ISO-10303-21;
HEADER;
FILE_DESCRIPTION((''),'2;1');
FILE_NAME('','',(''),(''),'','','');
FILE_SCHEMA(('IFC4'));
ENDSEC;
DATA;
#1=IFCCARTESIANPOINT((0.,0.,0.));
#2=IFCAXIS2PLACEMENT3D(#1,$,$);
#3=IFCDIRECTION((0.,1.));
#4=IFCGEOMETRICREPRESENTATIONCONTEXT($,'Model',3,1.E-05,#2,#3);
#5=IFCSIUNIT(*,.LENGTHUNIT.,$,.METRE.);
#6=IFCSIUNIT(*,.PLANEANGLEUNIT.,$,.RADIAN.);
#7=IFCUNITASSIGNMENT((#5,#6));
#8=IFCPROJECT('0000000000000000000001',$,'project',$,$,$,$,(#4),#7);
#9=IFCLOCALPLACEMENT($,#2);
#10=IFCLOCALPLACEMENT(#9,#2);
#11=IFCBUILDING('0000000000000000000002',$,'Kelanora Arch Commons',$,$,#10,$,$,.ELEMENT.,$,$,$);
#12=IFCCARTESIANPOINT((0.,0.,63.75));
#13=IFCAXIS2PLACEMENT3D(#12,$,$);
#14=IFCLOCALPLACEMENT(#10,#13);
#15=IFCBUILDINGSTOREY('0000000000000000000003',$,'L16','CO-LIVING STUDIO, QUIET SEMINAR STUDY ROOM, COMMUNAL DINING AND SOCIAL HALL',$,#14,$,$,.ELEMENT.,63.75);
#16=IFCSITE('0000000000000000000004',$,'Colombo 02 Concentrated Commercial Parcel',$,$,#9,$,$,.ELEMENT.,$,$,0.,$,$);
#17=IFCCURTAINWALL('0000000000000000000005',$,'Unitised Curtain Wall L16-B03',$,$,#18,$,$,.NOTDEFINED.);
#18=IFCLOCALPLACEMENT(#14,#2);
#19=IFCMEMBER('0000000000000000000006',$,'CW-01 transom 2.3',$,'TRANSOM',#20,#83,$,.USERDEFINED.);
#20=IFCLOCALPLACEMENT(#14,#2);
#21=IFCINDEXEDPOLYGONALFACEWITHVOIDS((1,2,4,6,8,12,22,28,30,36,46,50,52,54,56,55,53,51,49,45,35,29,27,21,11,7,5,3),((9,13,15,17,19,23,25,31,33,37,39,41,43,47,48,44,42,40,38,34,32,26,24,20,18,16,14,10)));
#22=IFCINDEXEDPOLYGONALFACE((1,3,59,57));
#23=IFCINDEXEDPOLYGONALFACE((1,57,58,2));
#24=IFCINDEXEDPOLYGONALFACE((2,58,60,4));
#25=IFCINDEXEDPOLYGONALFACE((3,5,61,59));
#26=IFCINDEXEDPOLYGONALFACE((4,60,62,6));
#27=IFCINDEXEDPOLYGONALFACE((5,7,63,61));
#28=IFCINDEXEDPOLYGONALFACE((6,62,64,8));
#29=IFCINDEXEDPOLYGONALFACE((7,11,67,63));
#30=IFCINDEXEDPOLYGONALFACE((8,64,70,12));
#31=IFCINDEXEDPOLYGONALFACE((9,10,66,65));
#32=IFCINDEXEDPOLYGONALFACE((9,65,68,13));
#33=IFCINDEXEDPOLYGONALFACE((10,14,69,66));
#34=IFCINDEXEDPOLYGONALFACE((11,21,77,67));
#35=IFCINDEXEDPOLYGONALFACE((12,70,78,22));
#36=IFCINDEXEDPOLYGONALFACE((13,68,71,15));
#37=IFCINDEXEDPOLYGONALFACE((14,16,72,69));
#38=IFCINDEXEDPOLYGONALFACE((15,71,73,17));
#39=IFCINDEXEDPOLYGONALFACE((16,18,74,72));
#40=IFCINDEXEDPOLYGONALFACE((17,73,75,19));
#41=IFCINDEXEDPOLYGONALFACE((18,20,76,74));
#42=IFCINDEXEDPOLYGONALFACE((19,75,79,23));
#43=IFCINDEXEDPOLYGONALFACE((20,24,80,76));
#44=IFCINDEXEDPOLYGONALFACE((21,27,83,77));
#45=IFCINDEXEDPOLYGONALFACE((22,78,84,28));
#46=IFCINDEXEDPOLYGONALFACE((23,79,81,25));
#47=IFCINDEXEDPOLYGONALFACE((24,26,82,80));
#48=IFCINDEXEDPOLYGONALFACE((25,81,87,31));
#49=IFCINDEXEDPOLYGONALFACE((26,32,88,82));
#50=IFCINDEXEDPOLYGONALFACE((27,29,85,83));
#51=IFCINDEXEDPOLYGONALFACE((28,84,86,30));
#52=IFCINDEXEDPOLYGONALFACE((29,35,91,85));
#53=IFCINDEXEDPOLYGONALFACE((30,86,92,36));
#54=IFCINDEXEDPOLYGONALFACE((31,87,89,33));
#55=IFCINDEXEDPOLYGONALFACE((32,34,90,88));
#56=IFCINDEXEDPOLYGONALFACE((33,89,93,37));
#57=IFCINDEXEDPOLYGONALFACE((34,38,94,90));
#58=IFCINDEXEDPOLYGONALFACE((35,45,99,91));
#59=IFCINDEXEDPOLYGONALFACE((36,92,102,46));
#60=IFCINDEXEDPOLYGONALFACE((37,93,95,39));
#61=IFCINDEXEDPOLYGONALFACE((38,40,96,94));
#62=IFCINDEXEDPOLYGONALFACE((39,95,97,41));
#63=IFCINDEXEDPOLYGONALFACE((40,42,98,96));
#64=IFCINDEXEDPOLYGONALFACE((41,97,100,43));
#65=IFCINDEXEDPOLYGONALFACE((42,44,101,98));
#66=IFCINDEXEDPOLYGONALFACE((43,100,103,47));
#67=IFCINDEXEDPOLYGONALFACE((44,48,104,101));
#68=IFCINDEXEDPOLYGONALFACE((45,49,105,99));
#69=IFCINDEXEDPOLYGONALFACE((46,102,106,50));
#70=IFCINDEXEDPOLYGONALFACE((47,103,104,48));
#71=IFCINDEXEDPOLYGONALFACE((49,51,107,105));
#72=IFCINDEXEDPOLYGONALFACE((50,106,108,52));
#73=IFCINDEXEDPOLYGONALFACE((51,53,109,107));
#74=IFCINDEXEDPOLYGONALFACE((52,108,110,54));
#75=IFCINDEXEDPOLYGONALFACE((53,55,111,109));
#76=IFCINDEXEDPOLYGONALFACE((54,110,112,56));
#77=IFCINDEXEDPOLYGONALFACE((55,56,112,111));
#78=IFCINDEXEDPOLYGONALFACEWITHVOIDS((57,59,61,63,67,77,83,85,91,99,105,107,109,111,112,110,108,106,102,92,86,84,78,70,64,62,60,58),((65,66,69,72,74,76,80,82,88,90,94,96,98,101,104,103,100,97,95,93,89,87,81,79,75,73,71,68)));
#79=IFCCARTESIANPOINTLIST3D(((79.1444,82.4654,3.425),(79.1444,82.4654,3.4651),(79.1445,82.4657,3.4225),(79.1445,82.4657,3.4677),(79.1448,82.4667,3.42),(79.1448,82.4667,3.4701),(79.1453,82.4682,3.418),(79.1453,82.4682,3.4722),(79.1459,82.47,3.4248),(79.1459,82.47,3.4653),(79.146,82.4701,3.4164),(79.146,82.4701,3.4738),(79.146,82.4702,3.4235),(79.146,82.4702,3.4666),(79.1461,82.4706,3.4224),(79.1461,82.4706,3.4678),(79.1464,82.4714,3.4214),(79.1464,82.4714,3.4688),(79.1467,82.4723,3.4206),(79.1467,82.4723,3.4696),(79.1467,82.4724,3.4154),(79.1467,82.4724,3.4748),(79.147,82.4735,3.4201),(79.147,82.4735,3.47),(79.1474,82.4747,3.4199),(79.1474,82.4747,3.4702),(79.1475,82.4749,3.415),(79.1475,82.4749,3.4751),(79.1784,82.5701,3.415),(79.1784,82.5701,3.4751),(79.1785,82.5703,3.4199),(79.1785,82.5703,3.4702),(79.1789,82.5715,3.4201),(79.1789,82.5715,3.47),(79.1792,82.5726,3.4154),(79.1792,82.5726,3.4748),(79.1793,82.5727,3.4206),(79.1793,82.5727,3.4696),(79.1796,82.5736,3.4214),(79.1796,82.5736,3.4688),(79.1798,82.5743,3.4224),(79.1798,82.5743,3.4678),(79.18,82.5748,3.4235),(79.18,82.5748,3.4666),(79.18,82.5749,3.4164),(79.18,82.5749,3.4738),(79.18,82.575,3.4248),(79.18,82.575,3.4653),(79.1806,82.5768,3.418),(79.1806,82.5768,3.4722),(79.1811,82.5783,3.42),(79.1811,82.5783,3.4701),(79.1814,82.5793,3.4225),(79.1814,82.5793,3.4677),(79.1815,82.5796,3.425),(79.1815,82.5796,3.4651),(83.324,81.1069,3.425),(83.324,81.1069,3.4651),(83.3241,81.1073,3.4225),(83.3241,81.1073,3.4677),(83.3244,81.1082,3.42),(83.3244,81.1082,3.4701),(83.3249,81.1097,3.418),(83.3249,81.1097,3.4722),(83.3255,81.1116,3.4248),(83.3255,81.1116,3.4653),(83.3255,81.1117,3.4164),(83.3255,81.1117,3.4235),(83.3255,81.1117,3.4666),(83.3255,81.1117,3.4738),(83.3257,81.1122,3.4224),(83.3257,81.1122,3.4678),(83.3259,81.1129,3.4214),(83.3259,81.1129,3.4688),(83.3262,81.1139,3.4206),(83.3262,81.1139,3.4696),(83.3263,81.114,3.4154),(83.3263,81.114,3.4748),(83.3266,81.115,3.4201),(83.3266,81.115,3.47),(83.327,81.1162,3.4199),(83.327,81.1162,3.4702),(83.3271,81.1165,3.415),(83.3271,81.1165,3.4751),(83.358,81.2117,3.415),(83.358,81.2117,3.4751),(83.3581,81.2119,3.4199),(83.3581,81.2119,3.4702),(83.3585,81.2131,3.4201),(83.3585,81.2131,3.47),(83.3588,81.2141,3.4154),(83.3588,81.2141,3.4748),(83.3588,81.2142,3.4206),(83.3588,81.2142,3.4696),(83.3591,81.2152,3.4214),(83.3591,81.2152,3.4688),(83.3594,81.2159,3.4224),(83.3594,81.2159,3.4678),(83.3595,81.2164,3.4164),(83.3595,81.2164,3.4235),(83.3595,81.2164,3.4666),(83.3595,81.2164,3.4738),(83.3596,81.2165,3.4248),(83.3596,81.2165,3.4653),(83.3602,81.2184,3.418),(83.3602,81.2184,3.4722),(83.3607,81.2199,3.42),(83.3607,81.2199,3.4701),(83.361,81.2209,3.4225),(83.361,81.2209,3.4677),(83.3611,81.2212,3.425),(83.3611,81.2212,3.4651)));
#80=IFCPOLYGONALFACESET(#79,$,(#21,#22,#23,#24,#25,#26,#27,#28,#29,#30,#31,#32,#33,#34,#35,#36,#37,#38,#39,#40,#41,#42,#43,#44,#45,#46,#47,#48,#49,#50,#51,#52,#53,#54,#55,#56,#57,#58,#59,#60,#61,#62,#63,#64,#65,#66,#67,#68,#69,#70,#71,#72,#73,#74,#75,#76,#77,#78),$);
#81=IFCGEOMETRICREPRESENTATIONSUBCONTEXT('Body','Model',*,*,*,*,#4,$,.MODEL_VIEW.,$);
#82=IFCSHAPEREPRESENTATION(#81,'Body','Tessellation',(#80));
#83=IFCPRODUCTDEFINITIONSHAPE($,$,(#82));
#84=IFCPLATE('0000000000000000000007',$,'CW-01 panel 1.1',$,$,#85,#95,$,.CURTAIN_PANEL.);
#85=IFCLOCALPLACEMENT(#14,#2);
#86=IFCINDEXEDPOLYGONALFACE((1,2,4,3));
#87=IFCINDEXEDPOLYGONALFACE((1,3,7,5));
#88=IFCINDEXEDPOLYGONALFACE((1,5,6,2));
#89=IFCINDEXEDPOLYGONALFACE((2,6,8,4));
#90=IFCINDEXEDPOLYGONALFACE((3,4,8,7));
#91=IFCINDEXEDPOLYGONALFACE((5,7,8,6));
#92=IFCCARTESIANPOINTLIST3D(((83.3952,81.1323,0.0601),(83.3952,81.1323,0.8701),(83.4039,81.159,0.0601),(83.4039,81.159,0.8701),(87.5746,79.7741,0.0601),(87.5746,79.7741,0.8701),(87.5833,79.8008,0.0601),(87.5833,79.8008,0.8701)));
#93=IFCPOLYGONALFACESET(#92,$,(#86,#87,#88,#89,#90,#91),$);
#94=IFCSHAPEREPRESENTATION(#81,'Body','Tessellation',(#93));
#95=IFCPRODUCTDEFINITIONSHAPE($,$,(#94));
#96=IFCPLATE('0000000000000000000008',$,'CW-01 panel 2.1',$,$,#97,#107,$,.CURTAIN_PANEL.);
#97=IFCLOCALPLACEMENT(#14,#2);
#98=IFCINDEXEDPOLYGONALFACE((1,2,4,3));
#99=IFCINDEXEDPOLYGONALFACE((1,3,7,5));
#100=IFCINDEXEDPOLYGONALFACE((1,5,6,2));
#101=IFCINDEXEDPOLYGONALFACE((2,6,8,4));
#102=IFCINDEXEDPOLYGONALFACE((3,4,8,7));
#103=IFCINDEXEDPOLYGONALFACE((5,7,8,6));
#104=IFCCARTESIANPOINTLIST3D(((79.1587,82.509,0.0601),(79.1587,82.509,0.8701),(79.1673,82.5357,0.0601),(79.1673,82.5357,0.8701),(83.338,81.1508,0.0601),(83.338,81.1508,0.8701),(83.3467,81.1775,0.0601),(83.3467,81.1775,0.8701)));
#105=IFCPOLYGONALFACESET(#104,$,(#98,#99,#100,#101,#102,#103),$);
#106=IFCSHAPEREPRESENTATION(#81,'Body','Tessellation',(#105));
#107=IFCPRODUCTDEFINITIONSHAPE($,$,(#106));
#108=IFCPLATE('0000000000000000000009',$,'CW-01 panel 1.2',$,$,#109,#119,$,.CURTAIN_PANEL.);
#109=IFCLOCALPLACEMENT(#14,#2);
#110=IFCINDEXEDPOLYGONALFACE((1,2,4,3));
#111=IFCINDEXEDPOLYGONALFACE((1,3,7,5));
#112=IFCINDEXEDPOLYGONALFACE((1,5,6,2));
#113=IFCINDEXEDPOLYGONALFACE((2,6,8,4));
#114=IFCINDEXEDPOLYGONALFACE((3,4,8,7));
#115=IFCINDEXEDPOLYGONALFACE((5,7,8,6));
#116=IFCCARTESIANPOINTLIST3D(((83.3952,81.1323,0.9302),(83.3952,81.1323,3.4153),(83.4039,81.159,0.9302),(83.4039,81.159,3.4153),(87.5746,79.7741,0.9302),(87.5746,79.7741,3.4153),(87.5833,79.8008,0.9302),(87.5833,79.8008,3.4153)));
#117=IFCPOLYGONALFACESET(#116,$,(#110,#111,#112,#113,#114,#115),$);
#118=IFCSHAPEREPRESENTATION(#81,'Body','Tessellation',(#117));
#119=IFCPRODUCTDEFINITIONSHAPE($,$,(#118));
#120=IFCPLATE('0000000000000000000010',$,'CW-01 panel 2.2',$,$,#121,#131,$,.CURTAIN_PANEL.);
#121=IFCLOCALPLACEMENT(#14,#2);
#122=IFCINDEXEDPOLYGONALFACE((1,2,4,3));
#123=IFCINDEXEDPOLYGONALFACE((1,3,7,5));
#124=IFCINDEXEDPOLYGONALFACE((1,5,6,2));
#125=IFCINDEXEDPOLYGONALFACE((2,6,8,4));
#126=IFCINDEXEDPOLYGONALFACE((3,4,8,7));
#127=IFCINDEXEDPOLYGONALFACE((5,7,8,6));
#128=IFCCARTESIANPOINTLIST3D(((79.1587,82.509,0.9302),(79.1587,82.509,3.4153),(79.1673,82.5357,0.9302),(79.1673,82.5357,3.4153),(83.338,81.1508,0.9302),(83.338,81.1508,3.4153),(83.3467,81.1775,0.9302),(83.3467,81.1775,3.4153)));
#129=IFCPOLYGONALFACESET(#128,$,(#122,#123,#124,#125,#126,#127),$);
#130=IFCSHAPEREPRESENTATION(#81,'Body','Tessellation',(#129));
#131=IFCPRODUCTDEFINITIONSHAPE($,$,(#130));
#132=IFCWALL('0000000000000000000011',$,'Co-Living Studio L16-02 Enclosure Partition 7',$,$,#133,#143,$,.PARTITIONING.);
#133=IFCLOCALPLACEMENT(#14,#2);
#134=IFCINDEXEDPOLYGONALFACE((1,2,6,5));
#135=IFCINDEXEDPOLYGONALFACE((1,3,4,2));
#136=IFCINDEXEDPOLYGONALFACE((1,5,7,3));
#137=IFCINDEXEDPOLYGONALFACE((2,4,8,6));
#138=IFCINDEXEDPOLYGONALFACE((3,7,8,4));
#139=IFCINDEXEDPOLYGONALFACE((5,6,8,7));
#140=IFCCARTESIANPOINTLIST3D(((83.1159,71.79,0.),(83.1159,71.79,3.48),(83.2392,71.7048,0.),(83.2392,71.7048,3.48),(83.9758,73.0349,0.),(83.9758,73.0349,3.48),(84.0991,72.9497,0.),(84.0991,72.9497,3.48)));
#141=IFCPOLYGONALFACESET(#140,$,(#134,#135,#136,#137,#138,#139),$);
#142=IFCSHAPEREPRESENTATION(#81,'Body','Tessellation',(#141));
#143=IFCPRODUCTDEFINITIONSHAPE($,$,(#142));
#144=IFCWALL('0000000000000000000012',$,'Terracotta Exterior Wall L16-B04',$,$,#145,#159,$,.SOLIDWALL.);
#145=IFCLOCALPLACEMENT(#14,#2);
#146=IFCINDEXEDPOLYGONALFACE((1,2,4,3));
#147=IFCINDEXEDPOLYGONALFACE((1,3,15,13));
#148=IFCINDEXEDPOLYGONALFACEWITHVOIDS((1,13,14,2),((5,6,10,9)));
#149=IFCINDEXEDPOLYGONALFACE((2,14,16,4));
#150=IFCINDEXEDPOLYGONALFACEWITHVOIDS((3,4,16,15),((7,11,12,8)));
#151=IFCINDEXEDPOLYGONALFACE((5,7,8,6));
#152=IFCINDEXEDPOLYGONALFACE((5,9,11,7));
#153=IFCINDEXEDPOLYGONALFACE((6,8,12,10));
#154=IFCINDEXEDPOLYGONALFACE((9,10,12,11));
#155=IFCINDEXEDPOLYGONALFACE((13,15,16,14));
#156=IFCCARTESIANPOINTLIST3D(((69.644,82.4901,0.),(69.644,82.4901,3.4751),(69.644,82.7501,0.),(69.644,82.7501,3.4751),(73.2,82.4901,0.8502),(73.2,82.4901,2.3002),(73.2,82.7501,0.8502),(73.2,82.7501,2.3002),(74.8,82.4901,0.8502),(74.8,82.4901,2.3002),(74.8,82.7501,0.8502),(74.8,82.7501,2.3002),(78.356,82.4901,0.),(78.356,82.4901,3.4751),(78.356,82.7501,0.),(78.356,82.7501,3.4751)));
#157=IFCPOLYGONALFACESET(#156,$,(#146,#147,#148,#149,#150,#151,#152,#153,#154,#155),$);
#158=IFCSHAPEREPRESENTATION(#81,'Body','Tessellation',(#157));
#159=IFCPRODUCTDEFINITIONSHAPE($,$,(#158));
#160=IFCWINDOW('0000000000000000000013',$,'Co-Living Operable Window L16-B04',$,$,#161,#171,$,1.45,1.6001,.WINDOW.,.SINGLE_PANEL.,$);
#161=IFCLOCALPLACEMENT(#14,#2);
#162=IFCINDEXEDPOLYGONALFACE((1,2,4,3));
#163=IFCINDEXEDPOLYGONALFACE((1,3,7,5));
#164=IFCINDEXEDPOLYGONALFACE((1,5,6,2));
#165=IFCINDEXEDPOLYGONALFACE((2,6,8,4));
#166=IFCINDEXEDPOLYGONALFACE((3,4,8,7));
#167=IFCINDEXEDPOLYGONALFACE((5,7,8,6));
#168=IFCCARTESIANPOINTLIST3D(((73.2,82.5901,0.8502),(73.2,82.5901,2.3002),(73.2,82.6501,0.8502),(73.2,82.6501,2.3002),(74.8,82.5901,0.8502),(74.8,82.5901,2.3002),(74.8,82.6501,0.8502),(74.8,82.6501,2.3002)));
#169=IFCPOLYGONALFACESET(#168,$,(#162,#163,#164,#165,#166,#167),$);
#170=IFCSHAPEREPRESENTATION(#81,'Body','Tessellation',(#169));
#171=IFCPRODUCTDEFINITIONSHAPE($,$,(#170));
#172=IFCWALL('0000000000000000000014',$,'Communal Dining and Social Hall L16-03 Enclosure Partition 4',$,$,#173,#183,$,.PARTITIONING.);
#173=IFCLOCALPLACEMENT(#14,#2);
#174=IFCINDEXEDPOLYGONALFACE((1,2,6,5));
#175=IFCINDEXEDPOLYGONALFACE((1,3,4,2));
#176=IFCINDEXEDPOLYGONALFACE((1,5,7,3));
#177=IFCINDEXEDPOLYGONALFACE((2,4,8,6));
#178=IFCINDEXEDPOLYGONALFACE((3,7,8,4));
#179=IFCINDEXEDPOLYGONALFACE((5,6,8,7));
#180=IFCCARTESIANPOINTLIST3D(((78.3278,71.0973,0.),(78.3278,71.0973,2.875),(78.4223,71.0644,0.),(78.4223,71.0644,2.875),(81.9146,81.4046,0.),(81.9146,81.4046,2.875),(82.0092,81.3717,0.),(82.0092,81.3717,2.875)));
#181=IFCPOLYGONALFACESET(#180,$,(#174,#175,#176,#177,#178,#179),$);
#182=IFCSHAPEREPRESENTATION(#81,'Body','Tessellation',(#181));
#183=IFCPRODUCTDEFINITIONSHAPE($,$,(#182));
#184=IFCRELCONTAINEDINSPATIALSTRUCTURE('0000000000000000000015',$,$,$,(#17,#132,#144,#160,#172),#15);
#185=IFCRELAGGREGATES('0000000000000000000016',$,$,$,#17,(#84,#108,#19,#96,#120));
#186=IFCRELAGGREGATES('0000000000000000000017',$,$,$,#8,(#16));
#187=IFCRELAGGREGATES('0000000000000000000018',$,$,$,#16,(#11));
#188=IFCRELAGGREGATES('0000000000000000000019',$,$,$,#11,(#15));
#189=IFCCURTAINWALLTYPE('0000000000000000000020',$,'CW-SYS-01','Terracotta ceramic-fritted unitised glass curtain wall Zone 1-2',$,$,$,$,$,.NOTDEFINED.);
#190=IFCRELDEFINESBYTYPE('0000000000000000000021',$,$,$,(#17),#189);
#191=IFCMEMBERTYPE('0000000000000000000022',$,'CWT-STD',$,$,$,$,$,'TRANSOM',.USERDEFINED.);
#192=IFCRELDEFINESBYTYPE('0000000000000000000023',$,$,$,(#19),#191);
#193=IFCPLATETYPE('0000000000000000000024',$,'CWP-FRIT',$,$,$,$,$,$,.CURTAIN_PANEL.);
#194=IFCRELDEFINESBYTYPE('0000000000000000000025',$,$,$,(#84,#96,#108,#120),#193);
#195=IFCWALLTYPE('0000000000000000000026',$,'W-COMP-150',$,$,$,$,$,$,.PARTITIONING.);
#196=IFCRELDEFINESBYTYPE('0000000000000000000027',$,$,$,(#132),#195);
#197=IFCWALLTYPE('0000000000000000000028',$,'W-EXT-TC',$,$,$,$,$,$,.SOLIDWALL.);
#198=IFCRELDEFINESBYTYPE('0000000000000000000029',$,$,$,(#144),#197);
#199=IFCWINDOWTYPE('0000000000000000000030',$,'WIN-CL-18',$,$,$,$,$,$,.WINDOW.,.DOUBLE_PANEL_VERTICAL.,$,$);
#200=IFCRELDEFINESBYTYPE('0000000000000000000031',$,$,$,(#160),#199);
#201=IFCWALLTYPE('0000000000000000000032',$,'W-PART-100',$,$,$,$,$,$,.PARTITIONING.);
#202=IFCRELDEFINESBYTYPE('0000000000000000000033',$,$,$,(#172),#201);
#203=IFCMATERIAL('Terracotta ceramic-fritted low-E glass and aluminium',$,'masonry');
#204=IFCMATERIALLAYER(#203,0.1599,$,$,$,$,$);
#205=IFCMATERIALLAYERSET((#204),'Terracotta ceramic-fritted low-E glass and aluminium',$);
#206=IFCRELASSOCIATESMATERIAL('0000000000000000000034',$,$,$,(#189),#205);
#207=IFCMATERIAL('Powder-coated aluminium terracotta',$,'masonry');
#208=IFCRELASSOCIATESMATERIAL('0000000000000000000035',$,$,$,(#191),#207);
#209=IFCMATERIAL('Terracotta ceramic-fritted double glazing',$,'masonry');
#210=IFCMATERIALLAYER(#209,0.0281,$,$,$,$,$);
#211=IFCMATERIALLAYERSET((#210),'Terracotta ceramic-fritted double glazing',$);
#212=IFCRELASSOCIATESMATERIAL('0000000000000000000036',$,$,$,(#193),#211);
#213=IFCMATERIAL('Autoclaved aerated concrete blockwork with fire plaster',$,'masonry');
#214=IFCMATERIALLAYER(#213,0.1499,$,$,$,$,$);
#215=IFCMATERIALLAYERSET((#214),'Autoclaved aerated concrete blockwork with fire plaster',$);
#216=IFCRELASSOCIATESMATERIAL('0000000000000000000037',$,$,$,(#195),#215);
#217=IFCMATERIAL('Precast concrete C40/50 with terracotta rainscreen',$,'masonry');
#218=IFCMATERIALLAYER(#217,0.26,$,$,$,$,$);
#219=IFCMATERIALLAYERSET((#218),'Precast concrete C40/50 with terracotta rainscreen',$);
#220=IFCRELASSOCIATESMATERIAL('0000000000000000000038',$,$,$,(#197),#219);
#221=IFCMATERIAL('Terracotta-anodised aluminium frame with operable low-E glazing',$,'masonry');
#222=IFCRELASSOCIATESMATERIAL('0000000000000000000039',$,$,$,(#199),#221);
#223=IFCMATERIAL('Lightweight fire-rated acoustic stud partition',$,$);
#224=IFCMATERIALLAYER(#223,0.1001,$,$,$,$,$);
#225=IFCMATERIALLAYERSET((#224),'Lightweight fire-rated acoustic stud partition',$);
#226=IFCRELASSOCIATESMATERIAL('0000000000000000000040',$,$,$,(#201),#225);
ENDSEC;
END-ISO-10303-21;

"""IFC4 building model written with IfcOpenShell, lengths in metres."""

from ifc_helpers import new_model, si_unit, direction, frame, frame_2d, origin, origin_2d, place, context, subcontext, project, spatial, rectangle, hollow_rectangle, extrude, source, transform, mapped, material, layer, layer_set, material_profile, profile_set, type_object, element, fill, aggregate, save


model = new_model("IFC4")

# Units and contexts
model_context = context("Model", 3, precision=1e-05, world=origin(), true_north=direction((0.0, 1.0)))
body_context = subcontext(model_context, "Body", "Model", "MODEL_VIEW")
ifc_project = project(units=[si_unit("LENGTHUNIT", "METRE"), si_unit("PLANEANGLEUNIT", "RADIAN")], contexts=[model_context])

# Site, building, storey
site_placement = place(None, origin())
site = spatial("IfcSite", under=ifc_project, at=site_placement, Name="Colombo 02 Concentrated Commercial Parcel", CompositionType="ELEMENT", RefElevation=0.0)
building_placement = place(site_placement, origin())
building = spatial("IfcBuilding", under=site, at=building_placement, Name="Kelanora Arch Commons", CompositionType="ELEMENT")
storey_placement = place(building_placement, frame((0.0, 0.0, 63.75)))
storey = spatial("IfcBuildingStorey", under=building, at=storey_placement, Name="L16", Description="CO-LIVING STUDIO, QUIET SEMINAR STUDY ROOM, COMMUNAL DINING AND SOCIAL HALL", CompositionType="ELEMENT", Elevation=63.75)

# Curtain wall, member, plates
ifc_material_1 = material(Name="Terracotta ceramic-fritted low-E glass and aluminium", Category="masonry")
ifc_layer_1 = layer(ifc_material_1, 0.1599)
ifc_layer_set_1 = layer_set([ifc_layer_1], Name="Terracotta ceramic-fritted low-E glass and aluminium")
curtain_wall_type = type_object("IfcCurtainWallType", Name="CW-SYS-01", Description="Terracotta ceramic-fritted unitised glass curtain wall Zone 1-2", PredefinedType="NOTDEFINED", material=ifc_layer_set_1)
curtain_wall_placement = place(storey_placement, origin())
curtain_wall = element("IfcCurtainWall", 1, at=curtain_wall_placement, inside=storey, type_object=curtain_wall_type, Name="Unitised Curtain Wall L16-B03", PredefinedType="NOTDEFINED")
ifc_material_2 = material(Name="Powder-coated aluminium terracotta", Category="masonry")
ifc_material_profile_1 = material_profile(ifc_material_2, hollow_rectangle(XDim=0.1201, YDim=0.0601, WallThickness=0.0049, InnerFilletRadius=0.0049, OuterFilletRadius=0.01, at=origin_2d()), Name="CWT120x60")
ifc_profile_set_1 = profile_set([ifc_material_profile_1], Name="Powder-coated aluminium terracotta")
member_type_1 = type_object("IfcMemberType", Name="CWT-STD", ElementType="TRANSOM", PredefinedType="USERDEFINED", material=ifc_profile_set_1)
member_1_placement = place(storey_placement, frame((83.3425, 81.1641, 3.4451), z_axis=(-0.951029, 0.309102, 0.0), x_axis=(-0.309102, -0.951029, 0.0)))
member_1 = element("IfcMember", 2, at=member_1_placement, type_object=member_type_1, Name="CW-01 transom 2.3", ObjectType="TRANSOM", PredefinedType="USERDEFINED", context=body_context, shape_type="SweptSolid", body=[
    extrude(hollow_rectangle(XDim=0.1201, YDim=0.0601, WallThickness=0.0049, InnerFilletRadius=0.0049, OuterFilletRadius=0.01, at=origin_2d()), origin(), (0.0, 0.0, 1.0), 4.3948),
])
ifc_material_3 = material(Name="Terracotta ceramic-fritted double glazing", Category="masonry")
ifc_layer_2 = layer(ifc_material_3, 0.0281)
ifc_layer_set_2 = layer_set([ifc_layer_2], Name="Terracotta ceramic-fritted double glazing")
plate_type = type_object("IfcPlateType", Name="CWP-FRIT", PredefinedType="CURTAIN_PANEL", material=ifc_layer_set_2)
shared_shape_1 = source(origin(), body_context, "Body", "SweptSolid", [
    extrude(rectangle(XDim=4.3945, YDim=0.0281, at=origin_2d()), origin(), (0.0, 0.0, 1.0), 0.8101),
])
plate_1_placement = place(storey_placement, frame((85.4893, 80.4666, 0.0601), z_axis=(0.0, 0.0, 1.0), x_axis=(-0.951043, 0.309058, 0.0)))
plate_1 = element("IfcPlate", 3, at=plate_1_placement, type_object=plate_type, Name="CW-01 panel 1.1", PredefinedType="CURTAIN_PANEL", context=body_context, shape_type="MappedRepresentation", body=[
    mapped(shared_shape_1, transform((0.0, 0.0, 0.0), scale=1.0)),
])
plate_2_placement = place(storey_placement, frame((81.2527, 81.8433, 0.0601), z_axis=(0.0, 0.0, 1.0), x_axis=(-0.951043, 0.309058, 0.0)))
plate_2 = element("IfcPlate", 4, at=plate_2_placement, type_object=plate_type, Name="CW-01 panel 2.1", PredefinedType="CURTAIN_PANEL", context=body_context, shape_type="MappedRepresentation", body=[
    mapped(shared_shape_1, transform((0.0, 0.0, 0.0), scale=1.0)),
])
shared_shape_2 = source(origin(), body_context, "Body", "SweptSolid", [
    extrude(rectangle(XDim=4.3945, YDim=0.0281, at=origin_2d()), origin(), (0.0, 0.0, 1.0), 2.4851),
])
plate_3_placement = place(storey_placement, frame((85.4893, 80.4666, 0.9302), z_axis=(0.0, 0.0, 1.0), x_axis=(-0.951043, 0.309058, 0.0)))
plate_3 = element("IfcPlate", 5, at=plate_3_placement, type_object=plate_type, Name="CW-01 panel 1.2", PredefinedType="CURTAIN_PANEL", context=body_context, shape_type="MappedRepresentation", body=[
    mapped(shared_shape_2, transform((0.0, 0.0, 0.0), scale=1.0)),
])
plate_4_placement = place(storey_placement, frame((81.2527, 81.8433, 0.9302), z_axis=(0.0, 0.0, 1.0), x_axis=(-0.951043, 0.309058, 0.0)))
plate_4 = element("IfcPlate", 6, at=plate_4_placement, type_object=plate_type, Name="CW-01 panel 2.2", PredefinedType="CURTAIN_PANEL", context=body_context, shape_type="MappedRepresentation", body=[
    mapped(shared_shape_2, transform((0.0, 0.0, 0.0), scale=1.0)),
])
aggregate(curtain_wall, [plate_1, plate_3, member_1, plate_2, plate_4])

# Wall
ifc_material_4 = material(Name="Autoclaved aerated concrete blockwork with fire plaster", Category="masonry")
ifc_layer_3 = layer(ifc_material_4, 0.1499)
ifc_layer_set_3 = layer_set([ifc_layer_3], Name="Autoclaved aerated concrete blockwork with fire plaster")
wall_type_1 = type_object("IfcWallType", Name="W-COMP-150", PredefinedType="PARTITIONING", material=ifc_layer_set_3)
wall_1_placement = place(storey_placement, frame((84.0374, 72.9922, 0.0), z_axis=(0.0, 0.0, 1.0), x_axis=(-0.568329, -0.822802, 0.0)))
element("IfcWall", 7, at=wall_1_placement, inside=storey, type_object=wall_type_1, Name="Co-Living Studio L16-02 Enclosure Partition 7", PredefinedType="PARTITIONING", context=body_context, shape_type="SweptSolid", body=[
    extrude(rectangle(XDim=1.5129, YDim=0.1499, at=frame_2d((0.7563, 0.0))), origin(), (0.0, 0.0, 1.0), 3.48),
])

# Wall, opening, window
ifc_material_5 = material(Name="Precast concrete C40/50 with terracotta rainscreen", Category="masonry")
ifc_layer_4 = layer(ifc_material_5, 0.26)
ifc_layer_set_4 = layer_set([ifc_layer_4], Name="Precast concrete C40/50 with terracotta rainscreen")
wall_type_2 = type_object("IfcWallType", Name="W-EXT-TC", PredefinedType="SOLIDWALL", material=ifc_layer_set_4)
wall_2_placement = place(storey_placement, frame((78.356, 82.6201, 0.0), z_axis=(0.0, 0.0, 1.0), x_axis=(-1.0, 0.0, 0.0)))
wall_2 = element("IfcWall", 8, at=wall_2_placement, inside=storey, type_object=wall_type_2, Name="Terracotta Exterior Wall L16-B04", PredefinedType="SOLIDWALL", context=body_context, shape_type="SweptSolid", body=[
    extrude(rectangle(XDim=8.7119, YDim=0.26, at=frame_2d((4.356, 0.0))), origin(), (0.0, 0.0, 1.0), 3.4751),
])
opening_placement = place(wall_2_placement, frame((3.5559, 0.0, 0.8501)))
opening = element("IfcOpeningElement", 9, at=opening_placement, cuts=wall_2, PredefinedType="OPENING", context=body_context, shape_type="SweptSolid", body=[
    extrude(rectangle(XDim=1.6001, YDim=1.45, at=frame_2d((0.8, 0.7251))), frame((0.0, 0.1401, 0.0), z_axis=(0.0, -1.0, 0.0), x_axis=(1.0, 0.0, 0.0)), (0.0, 0.0, 1.0), 0.28),
])
ifc_material_6 = material(Name="Terracotta-anodised aluminium frame with operable low-E glazing", Category="masonry")
window_type = type_object("IfcWindowType", Name="WIN-CL-18", PartitioningType="DOUBLE_PANEL_VERTICAL", PredefinedType="WINDOW", material=ifc_material_6)
window_placement = place(opening_placement, origin())
window = element("IfcWindow", 10, at=window_placement, inside=storey, type_object=window_type, Name="Co-Living Operable Window L16-B04", OverallHeight=1.45, OverallWidth=1.6001, PartitioningType="SINGLE_PANEL", PredefinedType="WINDOW", context=body_context, shape_type="SweptSolid", body=[
    extrude(rectangle(XDim=1.6001, YDim=1.45, at=frame_2d((0.8, 0.7251))), frame((0.0, 0.03, 0.0), z_axis=(0.0, -1.0, 0.0), x_axis=(1.0, 0.0, 0.0)), (0.0, 0.0, 1.0), 0.0601),
])
fill(opening, window)

# Wall
ifc_material_7 = material(Name="Lightweight fire-rated acoustic stud partition")
ifc_layer_5 = layer(ifc_material_7, 0.1001)
ifc_layer_set_5 = layer_set([ifc_layer_5], Name="Lightweight fire-rated acoustic stud partition")
wall_type_3 = type_object("IfcWallType", Name="W-PART-100", PredefinedType="PARTITIONING", material=ifc_layer_set_5)
wall_3_placement = place(storey_placement, frame((81.9619, 81.3882, 0.0), z_axis=(0.0, 0.0, 1.0), x_axis=(-0.328663, -0.944447, 0.0)))
element("IfcWall", 11, at=wall_3_placement, inside=storey, type_object=wall_type_3, Name="Communal Dining and Social Hall L16-03 Enclosure Partition 4", PredefinedType="PARTITIONING", context=body_context, shape_type="SweptSolid", body=[
    extrude(rectangle(XDim=10.9136, YDim=0.1001, at=frame_2d((5.4568, 0.0))), origin(), (0.0, 0.0, 1.0), 2.875),
])

save(model, "model.ifc")
